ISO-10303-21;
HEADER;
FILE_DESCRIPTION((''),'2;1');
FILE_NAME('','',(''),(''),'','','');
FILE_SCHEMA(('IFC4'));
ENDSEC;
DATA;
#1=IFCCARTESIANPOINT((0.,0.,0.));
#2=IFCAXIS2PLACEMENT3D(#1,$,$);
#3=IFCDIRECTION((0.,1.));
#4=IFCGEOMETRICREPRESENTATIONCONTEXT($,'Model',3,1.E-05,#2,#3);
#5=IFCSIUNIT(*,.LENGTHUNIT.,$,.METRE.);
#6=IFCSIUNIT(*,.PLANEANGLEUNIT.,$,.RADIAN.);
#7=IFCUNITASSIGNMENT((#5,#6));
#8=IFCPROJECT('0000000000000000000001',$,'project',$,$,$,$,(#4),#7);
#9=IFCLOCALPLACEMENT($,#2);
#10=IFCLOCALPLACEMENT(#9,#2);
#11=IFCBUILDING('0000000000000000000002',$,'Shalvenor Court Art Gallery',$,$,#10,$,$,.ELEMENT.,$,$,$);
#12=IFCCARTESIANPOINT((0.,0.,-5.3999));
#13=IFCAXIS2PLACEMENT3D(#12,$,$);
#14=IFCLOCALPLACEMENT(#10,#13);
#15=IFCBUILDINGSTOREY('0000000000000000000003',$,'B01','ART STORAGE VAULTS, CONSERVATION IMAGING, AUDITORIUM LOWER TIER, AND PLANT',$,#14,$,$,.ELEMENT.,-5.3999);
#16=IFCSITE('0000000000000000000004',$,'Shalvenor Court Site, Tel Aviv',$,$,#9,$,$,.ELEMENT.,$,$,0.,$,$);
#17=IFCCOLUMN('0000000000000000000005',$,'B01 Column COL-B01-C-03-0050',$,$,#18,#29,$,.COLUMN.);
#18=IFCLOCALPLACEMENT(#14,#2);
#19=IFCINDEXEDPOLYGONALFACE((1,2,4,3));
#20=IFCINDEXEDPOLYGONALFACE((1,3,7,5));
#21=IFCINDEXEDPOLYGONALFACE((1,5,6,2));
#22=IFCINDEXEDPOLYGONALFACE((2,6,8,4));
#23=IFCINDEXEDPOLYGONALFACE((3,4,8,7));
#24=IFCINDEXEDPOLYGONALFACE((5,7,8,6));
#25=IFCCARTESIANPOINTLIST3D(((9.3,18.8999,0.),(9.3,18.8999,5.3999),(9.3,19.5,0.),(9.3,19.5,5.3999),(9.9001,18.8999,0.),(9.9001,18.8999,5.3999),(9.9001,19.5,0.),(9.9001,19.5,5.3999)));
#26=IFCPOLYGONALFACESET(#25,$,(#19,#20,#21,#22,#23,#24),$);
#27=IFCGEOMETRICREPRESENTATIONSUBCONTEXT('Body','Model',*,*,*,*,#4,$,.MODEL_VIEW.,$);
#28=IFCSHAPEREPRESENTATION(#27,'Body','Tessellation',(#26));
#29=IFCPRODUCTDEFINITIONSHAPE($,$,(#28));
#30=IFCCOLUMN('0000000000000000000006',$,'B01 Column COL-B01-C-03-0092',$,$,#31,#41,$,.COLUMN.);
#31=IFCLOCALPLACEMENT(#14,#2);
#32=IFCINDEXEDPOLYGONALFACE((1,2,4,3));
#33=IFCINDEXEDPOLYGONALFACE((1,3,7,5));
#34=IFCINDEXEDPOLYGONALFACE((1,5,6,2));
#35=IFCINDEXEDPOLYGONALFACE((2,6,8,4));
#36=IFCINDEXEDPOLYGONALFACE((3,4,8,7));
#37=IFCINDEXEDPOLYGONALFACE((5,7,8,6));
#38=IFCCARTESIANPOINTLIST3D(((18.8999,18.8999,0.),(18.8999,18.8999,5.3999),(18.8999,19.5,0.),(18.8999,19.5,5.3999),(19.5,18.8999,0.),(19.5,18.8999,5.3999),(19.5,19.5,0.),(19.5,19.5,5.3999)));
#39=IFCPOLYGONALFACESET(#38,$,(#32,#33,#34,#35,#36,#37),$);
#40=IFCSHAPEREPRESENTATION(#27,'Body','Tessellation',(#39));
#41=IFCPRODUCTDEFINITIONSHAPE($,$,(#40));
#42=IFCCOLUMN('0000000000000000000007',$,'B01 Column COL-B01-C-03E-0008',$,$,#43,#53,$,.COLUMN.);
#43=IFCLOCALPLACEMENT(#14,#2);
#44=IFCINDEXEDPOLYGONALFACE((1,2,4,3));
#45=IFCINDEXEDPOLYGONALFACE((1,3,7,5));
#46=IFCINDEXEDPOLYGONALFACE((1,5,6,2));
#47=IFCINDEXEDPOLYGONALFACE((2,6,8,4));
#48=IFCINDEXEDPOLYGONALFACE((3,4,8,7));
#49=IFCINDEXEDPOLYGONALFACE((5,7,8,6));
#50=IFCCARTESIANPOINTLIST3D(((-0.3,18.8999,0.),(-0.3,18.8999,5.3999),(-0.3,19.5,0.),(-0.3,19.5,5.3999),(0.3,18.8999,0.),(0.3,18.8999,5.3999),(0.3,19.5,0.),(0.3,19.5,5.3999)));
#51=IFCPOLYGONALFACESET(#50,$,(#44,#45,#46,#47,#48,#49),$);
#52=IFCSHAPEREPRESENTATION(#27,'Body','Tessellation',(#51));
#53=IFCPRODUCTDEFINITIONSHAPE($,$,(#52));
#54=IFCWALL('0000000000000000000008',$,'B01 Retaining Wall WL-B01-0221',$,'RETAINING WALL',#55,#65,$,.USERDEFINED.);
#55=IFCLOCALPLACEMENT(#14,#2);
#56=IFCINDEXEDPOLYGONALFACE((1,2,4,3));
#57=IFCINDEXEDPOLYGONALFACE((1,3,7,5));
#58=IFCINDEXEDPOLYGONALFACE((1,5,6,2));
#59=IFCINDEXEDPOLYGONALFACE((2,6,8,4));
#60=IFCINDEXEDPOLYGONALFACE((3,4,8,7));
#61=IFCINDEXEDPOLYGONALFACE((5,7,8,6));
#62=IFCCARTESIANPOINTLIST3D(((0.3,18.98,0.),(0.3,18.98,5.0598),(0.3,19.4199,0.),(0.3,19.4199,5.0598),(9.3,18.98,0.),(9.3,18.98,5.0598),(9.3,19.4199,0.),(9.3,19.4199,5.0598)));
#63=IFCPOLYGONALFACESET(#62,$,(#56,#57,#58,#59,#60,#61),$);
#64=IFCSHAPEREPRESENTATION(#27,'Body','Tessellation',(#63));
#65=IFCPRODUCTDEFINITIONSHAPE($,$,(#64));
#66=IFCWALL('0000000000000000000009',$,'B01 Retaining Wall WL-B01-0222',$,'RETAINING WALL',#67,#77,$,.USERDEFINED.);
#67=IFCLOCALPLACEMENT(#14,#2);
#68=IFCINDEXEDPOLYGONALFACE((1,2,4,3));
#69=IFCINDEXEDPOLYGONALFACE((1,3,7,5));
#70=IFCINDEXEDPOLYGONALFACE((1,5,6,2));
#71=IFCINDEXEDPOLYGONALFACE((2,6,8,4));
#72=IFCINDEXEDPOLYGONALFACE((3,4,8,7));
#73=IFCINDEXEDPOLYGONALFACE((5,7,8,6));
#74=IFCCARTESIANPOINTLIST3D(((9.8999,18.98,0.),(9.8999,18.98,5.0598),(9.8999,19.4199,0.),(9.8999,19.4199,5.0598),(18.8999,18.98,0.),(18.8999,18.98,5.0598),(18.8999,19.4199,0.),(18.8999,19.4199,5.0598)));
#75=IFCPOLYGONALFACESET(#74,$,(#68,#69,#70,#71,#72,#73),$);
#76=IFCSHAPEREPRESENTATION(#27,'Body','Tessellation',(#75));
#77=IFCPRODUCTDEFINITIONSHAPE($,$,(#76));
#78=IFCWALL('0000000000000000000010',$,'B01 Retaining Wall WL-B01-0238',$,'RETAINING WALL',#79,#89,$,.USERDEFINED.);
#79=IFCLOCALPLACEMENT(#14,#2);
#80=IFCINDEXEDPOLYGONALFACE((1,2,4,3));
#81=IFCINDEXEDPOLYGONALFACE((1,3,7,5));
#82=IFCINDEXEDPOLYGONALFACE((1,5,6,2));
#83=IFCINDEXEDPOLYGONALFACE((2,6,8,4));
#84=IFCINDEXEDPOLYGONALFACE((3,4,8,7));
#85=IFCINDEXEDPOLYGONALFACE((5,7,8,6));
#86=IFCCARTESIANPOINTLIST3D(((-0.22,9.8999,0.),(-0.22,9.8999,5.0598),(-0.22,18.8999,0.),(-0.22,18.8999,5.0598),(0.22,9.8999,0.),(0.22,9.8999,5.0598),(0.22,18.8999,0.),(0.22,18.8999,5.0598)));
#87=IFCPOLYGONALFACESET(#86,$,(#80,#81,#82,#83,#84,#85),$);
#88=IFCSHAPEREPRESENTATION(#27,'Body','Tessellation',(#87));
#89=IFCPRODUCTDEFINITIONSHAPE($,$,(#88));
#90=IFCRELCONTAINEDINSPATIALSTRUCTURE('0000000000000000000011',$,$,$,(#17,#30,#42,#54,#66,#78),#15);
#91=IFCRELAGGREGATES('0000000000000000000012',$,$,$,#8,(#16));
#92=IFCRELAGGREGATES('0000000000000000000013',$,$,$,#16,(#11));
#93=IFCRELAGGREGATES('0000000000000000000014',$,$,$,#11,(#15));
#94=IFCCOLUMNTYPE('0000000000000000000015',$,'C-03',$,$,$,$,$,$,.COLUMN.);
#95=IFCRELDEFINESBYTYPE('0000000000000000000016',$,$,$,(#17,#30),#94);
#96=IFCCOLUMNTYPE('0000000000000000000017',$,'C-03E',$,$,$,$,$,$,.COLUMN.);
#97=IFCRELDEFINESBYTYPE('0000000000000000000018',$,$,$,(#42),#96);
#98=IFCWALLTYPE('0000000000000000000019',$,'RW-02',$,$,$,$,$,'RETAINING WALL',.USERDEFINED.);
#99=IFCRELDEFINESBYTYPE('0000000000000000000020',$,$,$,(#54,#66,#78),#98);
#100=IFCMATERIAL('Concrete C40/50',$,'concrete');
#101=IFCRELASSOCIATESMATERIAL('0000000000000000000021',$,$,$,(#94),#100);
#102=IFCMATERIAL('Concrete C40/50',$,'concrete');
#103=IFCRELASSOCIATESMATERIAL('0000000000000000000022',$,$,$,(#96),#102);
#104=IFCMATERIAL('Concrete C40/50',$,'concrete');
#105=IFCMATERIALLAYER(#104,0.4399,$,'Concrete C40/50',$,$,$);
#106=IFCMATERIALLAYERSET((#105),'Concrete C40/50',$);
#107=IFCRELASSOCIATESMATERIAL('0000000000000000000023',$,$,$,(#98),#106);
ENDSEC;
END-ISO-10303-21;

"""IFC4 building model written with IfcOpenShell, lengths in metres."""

from ifc_helpers import new_model, si_unit, direction, frame, frame_2d, origin, origin_2d, place, context, subcontext, project, spatial, rectangle, extrude, material, layer, layer_set, material_profile, profile_set, type_object, element, save


model = new_model("IFC4")

# Units and contexts
model_context = context("Model", 3, precision=1e-05, world=origin(), true_north=direction((0.0, 1.0)))
body_context = subcontext(model_context, "Body", "Model", "MODEL_VIEW")
ifc_project = project(units=[si_unit("LENGTHUNIT", "METRE"), si_unit("PLANEANGLEUNIT", "RADIAN")], contexts=[model_context])

# Site, building, storey
site_placement = place(None, origin())
site = spatial("IfcSite", under=ifc_project, at=site_placement, Name="Shalvenor Court Site, Tel Aviv", CompositionType="ELEMENT", RefElevation=0.0)
building_placement = place(site_placement, origin())
building = spatial("IfcBuilding", under=site, at=building_placement, Name="Shalvenor Court Art Gallery", CompositionType="ELEMENT")
storey_placement = place(building_placement, frame((0.0, 0.0, -5.3999)))
storey = spatial("IfcBuildingStorey", under=building, at=storey_placement, Name="B01", Description="ART STORAGE VAULTS, CONSERVATION IMAGING, AUDITORIUM LOWER TIER, AND PLANT", CompositionType="ELEMENT", Elevation=-5.3999)

# Columns
ifc_material_1 = material(Name="Concrete C40/50", Category="concrete")
ifc_material_profile_1 = material_profile(ifc_material_1, rectangle(XDim=0.6001, YDim=0.6001, at=origin_2d()), Name="RC 600x600")
ifc_profile_set_1 = profile_set([ifc_material_profile_1], Name="Concrete C40/50")
column_type_1 = type_object("IfcColumnType", Name="C-03", PredefinedType="COLUMN", material=ifc_profile_set_1)
for number, where, z_axis, x_axis, name in (
    (1, (9.6001, 19.2, 0.0), (0.0, 0.0, 1.0), (1.0, 0.0, 0.0), "B01 Column COL-B01-C-03-0050"),
    (2, (19.2, 19.2, 0.0), (0.0, 0.0, 1.0), (1.0, 0.0, 0.0), "B01 Column COL-B01-C-03-0092"),
):
    element("IfcColumn", number, at=place(storey_placement, frame(where, z_axis=z_axis, x_axis=x_axis)), inside=storey, type_object=column_type_1, Name=name, PredefinedType="COLUMN", context=body_context, shape_type="SweptSolid", body=[
        extrude(rectangle(XDim=0.6001, YDim=0.6001, at=origin_2d()), origin(), (0.0, 0.0, 1.0), 5.3999),
    ])
ifc_material_2 = material(Name="Concrete C40/50", Category="concrete")
ifc_material_profile_2 = material_profile(ifc_material_2, rectangle(XDim=0.6001, YDim=0.6001, at=origin_2d()), Name="RC 600x600")
ifc_profile_set_2 = profile_set([ifc_material_profile_2], Name="Concrete C40/50")
column_type_2 = type_object("IfcColumnType", Name="C-03E", PredefinedType="COLUMN", material=ifc_profile_set_2)
column_placement = place(storey_placement, frame((0.0, 19.2, 0.0), z_axis=(0.0, 0.0, 1.0), x_axis=(1.0, 0.0, 0.0)))
element("IfcColumn", 3, at=column_placement, inside=storey, type_object=column_type_2, Name="B01 Column COL-B01-C-03E-0008", PredefinedType="COLUMN", context=body_context, shape_type="SweptSolid", body=[
    extrude(rectangle(XDim=0.6001, YDim=0.6001, at=origin_2d()), origin(), (0.0, 0.0, 1.0), 5.3999),
])

# Walls
ifc_material_3 = material(Name="Concrete C40/50", Category="concrete")
ifc_layer = layer(ifc_material_3, 0.4399, Name="Concrete C40/50")
ifc_layer_set = layer_set([ifc_layer], Name="Concrete C40/50")
wall_type = type_object("IfcWallType", Name="RW-02", ElementType="RETAINING WALL", PredefinedType="USERDEFINED", material=ifc_layer_set)
for number, where, z_axis, x_axis, name in (
    (4, (0.3, 19.2, 0.0), (0.0, 0.0, 1.0), (1.0, 0.0, 0.0), "B01 Retaining Wall WL-B01-0221"),
    (5, (9.8999, 19.2, 0.0), (0.0, 0.0, 1.0), (1.0, 0.0, 0.0), "B01 Retaining Wall WL-B01-0222"),
    (6, (0.0, 9.8999, 0.0), (0.0, 0.0, 1.0), (0.0, 1.0, 0.0), "B01 Retaining Wall WL-B01-0238"),
):
    element("IfcWall", number, at=place(storey_placement, frame(where, z_axis=z_axis, x_axis=x_axis)), inside=storey, type_object=wall_type, Name=name, ObjectType="RETAINING WALL", PredefinedType="USERDEFINED", context=body_context, shape_type="SweptSolid", body=[
        extrude(rectangle(XDim=9.0, YDim=0.4399, at=frame_2d((4.5, 0.0))), origin(), (0.0, 0.0, 1.0), 5.0598),
    ])

save(model, "model.ifc")
